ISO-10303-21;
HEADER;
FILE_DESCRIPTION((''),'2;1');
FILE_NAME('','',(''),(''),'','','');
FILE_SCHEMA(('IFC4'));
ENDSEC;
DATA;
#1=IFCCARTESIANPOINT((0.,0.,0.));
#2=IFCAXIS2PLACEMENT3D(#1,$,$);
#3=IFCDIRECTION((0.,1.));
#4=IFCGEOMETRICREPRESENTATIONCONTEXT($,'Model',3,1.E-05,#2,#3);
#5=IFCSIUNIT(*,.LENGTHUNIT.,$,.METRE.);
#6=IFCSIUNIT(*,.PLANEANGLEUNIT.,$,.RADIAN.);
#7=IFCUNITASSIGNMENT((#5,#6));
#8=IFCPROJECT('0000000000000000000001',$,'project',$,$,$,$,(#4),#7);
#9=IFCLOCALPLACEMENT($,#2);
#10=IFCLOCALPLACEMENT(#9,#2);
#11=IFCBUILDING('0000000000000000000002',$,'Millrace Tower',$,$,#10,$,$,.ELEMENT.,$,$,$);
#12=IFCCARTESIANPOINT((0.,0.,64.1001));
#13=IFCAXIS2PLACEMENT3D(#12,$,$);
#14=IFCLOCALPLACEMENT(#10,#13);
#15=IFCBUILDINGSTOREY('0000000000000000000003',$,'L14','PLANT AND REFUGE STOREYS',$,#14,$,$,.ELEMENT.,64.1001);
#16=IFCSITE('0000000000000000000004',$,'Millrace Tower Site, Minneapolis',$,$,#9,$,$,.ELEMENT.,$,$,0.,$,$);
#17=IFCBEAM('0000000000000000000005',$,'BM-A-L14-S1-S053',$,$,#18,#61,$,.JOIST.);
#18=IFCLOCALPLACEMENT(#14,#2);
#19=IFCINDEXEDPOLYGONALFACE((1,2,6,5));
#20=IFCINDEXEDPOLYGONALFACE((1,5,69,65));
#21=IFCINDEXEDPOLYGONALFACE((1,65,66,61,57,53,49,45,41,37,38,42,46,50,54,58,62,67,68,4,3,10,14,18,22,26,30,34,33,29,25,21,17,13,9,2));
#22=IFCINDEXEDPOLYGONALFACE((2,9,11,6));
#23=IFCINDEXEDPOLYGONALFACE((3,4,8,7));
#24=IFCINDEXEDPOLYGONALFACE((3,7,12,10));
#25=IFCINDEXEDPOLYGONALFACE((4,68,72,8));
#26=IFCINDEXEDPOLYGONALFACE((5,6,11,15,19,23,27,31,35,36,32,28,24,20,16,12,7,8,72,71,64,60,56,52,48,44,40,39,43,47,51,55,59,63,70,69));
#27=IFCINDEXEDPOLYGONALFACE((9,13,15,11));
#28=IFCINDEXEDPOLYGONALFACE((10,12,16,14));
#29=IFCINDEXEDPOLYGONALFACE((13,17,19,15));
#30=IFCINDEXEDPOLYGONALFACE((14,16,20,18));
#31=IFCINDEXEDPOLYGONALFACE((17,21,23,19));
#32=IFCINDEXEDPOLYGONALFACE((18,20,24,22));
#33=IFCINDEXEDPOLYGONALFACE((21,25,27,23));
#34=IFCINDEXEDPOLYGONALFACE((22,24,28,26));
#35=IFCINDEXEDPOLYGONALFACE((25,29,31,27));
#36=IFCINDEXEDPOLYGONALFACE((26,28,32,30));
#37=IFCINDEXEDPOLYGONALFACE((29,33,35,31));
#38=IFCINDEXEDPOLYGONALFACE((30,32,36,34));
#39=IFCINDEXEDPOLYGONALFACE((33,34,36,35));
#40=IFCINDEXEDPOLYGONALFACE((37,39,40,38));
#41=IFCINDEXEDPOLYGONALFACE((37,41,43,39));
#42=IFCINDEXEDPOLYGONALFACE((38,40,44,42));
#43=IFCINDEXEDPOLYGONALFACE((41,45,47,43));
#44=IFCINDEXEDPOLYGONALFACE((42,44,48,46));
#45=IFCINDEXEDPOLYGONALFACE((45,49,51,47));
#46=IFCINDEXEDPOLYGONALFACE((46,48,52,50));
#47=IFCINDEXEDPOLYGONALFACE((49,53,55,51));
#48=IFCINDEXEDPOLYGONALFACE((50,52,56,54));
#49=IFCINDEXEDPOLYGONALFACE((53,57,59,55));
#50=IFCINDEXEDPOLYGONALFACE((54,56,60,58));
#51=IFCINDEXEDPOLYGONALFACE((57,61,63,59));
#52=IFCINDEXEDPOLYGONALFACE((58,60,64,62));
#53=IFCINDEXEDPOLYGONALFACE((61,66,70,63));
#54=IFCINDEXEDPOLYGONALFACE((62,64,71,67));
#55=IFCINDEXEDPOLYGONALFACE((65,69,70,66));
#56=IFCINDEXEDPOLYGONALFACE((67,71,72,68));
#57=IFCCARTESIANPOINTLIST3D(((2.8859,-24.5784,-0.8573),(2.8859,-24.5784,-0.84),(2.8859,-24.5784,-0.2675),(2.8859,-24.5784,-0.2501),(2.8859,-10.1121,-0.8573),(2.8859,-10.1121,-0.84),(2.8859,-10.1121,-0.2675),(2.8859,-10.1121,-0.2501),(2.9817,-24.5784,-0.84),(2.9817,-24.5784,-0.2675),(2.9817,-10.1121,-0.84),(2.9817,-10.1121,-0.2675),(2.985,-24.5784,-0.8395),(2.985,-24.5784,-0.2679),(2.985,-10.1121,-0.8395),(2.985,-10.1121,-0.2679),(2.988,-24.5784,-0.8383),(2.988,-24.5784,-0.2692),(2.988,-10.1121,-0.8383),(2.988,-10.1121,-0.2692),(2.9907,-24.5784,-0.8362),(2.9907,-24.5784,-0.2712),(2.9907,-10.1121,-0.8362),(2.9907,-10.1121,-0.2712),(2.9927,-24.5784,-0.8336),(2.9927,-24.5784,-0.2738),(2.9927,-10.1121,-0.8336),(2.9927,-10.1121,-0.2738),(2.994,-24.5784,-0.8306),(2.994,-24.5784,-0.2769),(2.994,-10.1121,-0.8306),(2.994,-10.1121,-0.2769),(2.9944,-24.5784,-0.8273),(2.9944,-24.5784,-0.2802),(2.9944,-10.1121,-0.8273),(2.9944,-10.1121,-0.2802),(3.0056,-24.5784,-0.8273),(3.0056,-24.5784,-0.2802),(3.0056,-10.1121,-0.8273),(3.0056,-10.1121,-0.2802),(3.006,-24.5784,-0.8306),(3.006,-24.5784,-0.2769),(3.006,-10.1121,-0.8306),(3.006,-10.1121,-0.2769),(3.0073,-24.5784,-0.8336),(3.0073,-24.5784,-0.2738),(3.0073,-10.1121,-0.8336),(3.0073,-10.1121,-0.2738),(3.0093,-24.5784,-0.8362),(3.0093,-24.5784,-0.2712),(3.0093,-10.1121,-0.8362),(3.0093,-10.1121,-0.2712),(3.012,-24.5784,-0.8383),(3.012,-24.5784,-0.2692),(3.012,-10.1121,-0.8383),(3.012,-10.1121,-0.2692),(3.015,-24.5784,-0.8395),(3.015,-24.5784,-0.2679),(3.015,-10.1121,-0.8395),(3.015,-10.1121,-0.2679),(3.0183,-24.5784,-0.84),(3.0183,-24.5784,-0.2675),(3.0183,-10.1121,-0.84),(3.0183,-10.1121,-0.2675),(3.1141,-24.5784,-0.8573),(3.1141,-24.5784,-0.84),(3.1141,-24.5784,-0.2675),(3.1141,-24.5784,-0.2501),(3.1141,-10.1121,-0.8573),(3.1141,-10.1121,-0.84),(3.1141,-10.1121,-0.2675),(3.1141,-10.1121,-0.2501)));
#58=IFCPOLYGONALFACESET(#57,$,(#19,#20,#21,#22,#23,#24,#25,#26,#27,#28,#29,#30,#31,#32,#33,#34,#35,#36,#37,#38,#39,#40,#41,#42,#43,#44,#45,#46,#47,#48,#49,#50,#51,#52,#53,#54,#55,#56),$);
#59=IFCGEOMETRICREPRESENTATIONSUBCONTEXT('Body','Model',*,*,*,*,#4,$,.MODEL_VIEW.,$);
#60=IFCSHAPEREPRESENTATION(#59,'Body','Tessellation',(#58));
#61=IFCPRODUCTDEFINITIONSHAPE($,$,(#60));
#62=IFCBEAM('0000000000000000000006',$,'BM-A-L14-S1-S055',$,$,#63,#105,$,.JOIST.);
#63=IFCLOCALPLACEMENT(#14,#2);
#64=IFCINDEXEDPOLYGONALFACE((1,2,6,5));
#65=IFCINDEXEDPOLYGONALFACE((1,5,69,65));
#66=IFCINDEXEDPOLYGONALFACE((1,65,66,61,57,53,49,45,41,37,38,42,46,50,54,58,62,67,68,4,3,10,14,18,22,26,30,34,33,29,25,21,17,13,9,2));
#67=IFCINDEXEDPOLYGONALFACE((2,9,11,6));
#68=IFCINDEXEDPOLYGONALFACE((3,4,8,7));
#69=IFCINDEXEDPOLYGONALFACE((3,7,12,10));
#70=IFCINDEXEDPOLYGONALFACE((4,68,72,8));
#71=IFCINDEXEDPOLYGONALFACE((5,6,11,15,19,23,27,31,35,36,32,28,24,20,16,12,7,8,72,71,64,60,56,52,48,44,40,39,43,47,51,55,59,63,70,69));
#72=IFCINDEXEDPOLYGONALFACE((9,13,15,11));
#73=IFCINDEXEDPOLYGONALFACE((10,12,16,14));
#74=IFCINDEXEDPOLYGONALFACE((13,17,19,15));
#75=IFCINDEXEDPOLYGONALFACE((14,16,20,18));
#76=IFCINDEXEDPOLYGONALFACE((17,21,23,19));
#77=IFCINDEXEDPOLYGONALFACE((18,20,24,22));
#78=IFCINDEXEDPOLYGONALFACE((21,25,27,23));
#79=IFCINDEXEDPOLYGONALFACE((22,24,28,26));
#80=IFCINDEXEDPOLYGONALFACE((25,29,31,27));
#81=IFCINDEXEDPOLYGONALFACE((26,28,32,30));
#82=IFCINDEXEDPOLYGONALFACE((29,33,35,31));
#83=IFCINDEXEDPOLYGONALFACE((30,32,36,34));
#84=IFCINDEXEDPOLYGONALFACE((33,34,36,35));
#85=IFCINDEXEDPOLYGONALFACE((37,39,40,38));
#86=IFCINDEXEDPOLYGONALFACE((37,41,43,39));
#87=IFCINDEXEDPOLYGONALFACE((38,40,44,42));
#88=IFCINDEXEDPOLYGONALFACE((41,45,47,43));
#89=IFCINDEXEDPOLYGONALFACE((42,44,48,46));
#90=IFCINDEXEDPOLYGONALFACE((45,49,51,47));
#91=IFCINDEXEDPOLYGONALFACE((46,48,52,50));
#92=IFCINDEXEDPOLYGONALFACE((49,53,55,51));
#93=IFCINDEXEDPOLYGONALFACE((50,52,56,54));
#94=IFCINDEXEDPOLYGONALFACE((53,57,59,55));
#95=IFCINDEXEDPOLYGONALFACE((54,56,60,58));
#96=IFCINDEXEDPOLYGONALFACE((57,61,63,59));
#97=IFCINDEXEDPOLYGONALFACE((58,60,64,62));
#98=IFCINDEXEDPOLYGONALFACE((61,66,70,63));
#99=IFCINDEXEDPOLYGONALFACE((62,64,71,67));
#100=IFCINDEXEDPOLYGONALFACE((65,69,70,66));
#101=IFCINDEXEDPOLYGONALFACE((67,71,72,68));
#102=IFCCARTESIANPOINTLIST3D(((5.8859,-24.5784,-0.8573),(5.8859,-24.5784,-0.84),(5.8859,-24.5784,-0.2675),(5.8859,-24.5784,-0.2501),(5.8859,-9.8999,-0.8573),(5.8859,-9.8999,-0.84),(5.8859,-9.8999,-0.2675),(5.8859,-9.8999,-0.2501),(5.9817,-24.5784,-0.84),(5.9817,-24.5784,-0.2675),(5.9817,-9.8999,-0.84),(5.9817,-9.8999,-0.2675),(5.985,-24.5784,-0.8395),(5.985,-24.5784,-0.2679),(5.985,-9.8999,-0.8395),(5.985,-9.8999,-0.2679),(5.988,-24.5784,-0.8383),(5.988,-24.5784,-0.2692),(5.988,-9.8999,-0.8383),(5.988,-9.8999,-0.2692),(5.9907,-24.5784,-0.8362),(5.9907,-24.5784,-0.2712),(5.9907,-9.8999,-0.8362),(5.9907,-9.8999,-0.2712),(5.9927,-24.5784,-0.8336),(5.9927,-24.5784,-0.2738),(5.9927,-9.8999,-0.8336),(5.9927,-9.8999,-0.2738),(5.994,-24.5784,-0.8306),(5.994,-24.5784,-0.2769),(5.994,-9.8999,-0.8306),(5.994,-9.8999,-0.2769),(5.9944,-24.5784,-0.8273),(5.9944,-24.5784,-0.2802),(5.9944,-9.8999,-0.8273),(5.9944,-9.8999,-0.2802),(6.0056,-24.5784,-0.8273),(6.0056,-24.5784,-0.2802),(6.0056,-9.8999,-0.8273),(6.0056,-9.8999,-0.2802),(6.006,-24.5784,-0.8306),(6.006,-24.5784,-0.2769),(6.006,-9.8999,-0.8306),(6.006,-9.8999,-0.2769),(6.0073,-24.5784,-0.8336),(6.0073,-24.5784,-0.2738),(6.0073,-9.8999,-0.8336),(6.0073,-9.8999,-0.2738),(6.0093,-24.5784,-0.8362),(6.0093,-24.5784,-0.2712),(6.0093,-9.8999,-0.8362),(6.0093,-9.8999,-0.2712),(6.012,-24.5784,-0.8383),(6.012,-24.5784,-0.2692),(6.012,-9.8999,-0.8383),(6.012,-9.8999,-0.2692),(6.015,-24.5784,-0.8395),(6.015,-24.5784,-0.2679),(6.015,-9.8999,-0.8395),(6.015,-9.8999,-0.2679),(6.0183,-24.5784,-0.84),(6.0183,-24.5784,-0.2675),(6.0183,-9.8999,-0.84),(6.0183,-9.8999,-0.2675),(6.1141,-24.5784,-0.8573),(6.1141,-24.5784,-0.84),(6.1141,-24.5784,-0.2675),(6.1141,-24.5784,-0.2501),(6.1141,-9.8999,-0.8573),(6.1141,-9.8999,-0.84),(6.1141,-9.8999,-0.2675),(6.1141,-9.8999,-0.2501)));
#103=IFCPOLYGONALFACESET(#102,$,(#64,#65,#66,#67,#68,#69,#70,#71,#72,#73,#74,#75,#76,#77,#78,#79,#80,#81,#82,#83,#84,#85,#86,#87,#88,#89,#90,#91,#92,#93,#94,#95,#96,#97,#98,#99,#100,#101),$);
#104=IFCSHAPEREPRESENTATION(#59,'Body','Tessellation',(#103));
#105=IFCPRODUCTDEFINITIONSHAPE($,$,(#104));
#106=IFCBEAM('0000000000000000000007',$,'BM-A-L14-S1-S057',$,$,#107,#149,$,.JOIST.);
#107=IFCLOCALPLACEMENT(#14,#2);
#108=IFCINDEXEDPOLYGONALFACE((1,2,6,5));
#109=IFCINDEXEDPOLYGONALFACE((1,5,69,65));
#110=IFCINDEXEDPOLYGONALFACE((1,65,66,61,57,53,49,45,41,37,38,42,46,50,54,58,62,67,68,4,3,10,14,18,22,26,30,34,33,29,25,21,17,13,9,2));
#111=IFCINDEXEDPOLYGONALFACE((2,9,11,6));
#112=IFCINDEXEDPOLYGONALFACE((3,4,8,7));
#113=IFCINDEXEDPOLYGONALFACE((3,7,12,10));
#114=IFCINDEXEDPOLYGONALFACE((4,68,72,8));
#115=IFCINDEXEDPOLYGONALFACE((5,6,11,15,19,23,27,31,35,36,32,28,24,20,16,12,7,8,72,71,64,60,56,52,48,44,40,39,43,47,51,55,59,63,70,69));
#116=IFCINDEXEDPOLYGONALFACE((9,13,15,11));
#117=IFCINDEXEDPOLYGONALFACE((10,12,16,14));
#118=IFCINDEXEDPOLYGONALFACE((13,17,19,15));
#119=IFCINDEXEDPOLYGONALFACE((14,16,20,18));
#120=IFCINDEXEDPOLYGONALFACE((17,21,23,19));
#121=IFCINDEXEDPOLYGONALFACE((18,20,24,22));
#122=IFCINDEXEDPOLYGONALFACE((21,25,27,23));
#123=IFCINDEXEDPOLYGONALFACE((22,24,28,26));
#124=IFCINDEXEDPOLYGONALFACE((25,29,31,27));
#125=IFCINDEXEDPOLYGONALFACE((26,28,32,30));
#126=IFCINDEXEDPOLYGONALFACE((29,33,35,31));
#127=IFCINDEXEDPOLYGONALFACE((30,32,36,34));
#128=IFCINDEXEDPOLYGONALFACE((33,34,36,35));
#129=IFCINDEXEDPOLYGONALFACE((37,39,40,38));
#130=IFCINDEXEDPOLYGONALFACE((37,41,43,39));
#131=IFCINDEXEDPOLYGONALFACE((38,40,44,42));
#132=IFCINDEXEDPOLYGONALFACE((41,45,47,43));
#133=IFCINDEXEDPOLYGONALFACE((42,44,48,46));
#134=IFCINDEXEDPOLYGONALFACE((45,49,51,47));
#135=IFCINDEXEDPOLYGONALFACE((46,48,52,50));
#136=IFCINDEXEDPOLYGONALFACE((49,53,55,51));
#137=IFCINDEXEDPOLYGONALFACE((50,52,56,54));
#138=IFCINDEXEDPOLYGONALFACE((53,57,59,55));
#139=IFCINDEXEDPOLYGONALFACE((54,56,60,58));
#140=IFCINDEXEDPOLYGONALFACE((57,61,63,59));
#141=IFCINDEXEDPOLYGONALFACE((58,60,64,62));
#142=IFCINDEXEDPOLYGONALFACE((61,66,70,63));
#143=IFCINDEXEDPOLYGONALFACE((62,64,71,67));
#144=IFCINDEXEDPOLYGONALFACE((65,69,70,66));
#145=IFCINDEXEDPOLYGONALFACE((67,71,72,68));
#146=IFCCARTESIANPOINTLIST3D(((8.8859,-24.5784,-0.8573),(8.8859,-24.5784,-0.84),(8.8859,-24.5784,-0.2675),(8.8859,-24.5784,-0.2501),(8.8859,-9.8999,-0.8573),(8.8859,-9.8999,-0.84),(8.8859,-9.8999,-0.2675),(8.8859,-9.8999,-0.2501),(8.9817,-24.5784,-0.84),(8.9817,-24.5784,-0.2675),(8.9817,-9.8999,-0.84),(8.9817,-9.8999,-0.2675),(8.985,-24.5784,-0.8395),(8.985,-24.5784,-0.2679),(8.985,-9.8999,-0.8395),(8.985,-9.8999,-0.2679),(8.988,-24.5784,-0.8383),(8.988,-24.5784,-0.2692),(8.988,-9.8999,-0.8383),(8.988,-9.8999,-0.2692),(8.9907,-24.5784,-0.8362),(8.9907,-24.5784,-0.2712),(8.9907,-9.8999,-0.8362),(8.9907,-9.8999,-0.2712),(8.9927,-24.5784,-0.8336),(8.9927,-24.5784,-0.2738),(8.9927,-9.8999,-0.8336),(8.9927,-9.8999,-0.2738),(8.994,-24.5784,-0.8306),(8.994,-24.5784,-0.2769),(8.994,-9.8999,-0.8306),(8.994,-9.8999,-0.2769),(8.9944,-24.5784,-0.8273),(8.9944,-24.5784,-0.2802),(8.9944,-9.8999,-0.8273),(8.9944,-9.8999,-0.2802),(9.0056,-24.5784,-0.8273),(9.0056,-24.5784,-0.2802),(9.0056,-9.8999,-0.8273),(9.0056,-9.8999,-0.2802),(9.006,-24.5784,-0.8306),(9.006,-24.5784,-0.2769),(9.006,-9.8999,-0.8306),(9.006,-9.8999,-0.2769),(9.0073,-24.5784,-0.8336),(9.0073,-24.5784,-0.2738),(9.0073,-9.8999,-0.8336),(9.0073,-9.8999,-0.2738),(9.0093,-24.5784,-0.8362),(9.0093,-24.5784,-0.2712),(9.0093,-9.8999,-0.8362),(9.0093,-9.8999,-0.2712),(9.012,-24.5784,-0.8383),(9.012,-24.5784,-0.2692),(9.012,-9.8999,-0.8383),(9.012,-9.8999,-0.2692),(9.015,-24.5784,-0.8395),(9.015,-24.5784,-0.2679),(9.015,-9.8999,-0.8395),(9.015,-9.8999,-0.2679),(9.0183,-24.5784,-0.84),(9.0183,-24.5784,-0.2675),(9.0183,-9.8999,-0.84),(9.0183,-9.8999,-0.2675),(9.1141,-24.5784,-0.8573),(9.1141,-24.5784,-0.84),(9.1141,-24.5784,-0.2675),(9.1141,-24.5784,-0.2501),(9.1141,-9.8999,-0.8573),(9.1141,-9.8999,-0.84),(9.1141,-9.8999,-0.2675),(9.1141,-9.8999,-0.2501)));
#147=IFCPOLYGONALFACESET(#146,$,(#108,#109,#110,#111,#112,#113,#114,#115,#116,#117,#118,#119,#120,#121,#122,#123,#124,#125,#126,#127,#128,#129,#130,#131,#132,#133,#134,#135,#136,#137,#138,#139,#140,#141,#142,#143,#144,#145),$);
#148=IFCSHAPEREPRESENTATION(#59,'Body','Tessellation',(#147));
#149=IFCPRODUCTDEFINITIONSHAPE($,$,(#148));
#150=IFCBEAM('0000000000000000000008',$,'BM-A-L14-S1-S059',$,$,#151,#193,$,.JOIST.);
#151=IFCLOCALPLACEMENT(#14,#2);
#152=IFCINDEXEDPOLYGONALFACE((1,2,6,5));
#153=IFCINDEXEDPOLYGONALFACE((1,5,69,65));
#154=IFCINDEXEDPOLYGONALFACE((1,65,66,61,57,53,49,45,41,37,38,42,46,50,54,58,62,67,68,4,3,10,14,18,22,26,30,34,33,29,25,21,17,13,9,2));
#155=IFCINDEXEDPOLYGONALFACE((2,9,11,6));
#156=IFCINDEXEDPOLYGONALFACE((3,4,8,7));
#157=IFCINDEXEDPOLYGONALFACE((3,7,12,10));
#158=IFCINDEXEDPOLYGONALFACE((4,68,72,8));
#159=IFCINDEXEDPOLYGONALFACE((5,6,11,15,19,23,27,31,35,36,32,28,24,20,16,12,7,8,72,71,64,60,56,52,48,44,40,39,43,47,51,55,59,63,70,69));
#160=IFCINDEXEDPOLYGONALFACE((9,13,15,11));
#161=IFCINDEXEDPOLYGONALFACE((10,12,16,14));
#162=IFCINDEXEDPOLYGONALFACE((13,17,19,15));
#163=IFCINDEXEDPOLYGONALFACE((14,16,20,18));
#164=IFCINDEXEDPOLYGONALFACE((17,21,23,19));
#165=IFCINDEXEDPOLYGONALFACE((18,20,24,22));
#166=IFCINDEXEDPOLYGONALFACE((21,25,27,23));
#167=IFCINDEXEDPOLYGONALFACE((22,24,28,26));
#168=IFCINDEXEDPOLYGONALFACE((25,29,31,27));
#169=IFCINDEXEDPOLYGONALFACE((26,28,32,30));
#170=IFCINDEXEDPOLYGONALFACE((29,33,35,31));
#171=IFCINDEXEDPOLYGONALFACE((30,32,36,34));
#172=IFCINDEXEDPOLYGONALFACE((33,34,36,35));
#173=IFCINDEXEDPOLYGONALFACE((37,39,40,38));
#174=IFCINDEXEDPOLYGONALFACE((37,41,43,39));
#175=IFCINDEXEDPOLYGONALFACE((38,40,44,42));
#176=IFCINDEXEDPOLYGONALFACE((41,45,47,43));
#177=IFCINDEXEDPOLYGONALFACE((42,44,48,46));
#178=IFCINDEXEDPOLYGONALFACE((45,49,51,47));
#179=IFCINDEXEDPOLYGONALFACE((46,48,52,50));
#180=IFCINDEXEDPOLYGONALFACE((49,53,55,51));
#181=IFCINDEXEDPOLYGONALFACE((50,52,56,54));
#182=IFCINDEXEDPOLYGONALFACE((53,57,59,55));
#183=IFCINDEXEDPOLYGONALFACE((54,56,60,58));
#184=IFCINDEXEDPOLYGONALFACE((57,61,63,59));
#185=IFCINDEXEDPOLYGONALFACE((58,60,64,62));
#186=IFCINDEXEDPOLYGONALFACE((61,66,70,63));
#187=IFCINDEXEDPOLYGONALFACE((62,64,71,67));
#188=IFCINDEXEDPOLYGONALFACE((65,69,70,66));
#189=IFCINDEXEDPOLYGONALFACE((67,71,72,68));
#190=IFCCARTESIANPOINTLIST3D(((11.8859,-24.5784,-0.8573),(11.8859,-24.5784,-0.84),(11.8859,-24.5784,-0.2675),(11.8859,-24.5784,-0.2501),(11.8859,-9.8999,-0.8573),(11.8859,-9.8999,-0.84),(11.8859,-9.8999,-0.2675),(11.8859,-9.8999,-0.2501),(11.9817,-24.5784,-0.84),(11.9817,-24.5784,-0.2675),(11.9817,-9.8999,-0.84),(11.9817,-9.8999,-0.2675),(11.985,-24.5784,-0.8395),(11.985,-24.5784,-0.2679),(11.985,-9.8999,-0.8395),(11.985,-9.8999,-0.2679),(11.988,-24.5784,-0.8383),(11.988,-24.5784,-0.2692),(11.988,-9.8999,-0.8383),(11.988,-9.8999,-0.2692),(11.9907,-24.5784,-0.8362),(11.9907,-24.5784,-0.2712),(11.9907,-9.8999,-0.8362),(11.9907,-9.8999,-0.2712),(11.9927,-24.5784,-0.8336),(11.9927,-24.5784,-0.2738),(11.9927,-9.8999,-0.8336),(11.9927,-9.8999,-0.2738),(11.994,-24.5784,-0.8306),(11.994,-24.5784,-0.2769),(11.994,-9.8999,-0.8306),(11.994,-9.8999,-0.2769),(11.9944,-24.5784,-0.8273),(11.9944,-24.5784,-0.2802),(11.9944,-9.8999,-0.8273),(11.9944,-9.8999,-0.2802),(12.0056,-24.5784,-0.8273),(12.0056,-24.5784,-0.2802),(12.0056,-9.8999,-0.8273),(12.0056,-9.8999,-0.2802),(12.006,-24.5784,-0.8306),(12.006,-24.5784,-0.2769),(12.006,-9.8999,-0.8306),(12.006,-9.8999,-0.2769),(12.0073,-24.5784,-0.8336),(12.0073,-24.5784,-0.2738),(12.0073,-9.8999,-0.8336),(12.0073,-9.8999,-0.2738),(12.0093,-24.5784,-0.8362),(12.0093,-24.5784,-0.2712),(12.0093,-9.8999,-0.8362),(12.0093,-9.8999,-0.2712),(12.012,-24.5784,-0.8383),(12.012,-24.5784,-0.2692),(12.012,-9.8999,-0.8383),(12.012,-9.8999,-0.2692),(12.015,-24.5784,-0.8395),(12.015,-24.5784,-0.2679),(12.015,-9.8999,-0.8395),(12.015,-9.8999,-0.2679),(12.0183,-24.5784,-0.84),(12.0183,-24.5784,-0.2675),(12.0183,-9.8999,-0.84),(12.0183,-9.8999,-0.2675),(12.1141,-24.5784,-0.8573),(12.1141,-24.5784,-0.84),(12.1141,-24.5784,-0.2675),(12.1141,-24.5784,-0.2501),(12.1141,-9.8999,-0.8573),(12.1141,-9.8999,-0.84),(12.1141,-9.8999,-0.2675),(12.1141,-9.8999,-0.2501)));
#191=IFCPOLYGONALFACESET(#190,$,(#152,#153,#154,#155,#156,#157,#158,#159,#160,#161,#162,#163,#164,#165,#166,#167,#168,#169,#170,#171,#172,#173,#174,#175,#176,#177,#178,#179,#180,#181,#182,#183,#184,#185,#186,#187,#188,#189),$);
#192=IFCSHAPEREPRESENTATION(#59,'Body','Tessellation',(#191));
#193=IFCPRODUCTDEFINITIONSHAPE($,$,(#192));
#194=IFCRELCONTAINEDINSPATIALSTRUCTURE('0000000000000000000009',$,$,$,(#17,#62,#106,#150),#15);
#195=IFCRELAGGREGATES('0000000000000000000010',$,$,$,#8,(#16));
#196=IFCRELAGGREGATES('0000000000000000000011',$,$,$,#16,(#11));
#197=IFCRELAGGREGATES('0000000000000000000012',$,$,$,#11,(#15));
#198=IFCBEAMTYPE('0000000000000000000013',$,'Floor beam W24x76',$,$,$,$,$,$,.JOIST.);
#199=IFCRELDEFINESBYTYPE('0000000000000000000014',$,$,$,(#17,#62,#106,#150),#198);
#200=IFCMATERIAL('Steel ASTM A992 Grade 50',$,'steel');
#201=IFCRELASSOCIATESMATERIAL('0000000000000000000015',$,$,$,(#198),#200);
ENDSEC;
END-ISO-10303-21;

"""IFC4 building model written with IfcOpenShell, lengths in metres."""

from ifc_helpers import new_model, si_unit, direction, frame, origin, origin_2d, place, context, subcontext, project, spatial, i_section, extrude, material, material_profile, profile_set, type_object, element, save


model = new_model("IFC4")

# Units and contexts
model_context = context("Model", 3, precision=1e-05, world=origin(), true_north=direction((0.0, 1.0)))
body_context = subcontext(model_context, "Body", "Model", "MODEL_VIEW")
ifc_project = project(units=[si_unit("LENGTHUNIT", "METRE"), si_unit("PLANEANGLEUNIT", "RADIAN")], contexts=[model_context])

# Site, building, storey
site_placement = place(None, origin())
site = spatial("IfcSite", under=ifc_project, at=site_placement, Name="Millrace Tower Site, Minneapolis", CompositionType="ELEMENT", RefElevation=0.0)
building_placement = place(site_placement, origin())
building = spatial("IfcBuilding", under=site, at=building_placement, Name="Millrace Tower", CompositionType="ELEMENT")
storey_placement = place(building_placement, frame((0.0, 0.0, 64.1001)))
storey = spatial("IfcBuildingStorey", under=building, at=storey_placement, Name="L14", Description="PLANT AND REFUGE STOREYS", CompositionType="ELEMENT", Elevation=64.1001)

# Beams
ifc_material_1 = material(Name="Steel ASTM A992 Grade 50", Category="steel")
ifc_material_profile_1 = material_profile(ifc_material_1, i_section(OverallWidth=0.2283, OverallDepth=0.6072, WebThickness=0.0112, FlangeThickness=0.0173, FilletRadius=0.0127, at=origin_2d()))
ifc_profile_set_1 = profile_set([ifc_material_profile_1], Name="Steel ASTM A992 Grade 50")
beam_type_1 = type_object("IfcBeamType", Name="Floor beam W24x76", PredefinedType="JOIST", material=ifc_profile_set_1)
beam_1_placement = place(storey_placement, frame((3.0, -24.5784, -0.5537), z_axis=(0.0, 1.0, 0.0), x_axis=(-1.0, 0.0, 0.0)))
element("IfcBeam", 1, at=beam_1_placement, inside=storey, type_object=beam_type_1, Name="BM-A-L14-S1-S053", PredefinedType="JOIST", context=body_context, shape_type="SweptSolid", body=[
    extrude(i_section(OverallWidth=0.2283, OverallDepth=0.6072, WebThickness=0.0112, FlangeThickness=0.0173, FilletRadius=0.0127, at=origin_2d()), origin(), (0.0, 0.0, 1.0), 14.4663),
])
for number, where, z_axis, x_axis, name in (
    (2, (6.0, -24.5784, -0.5537), (0.0, 1.0, 0.0), (-1.0, 0.0, 0.0), "BM-A-L14-S1-S055"),
    (3, (9.0, -24.5784, -0.5537), (0.0, 1.0, 0.0), (-1.0, 0.0, 0.0), "BM-A-L14-S1-S057"),
    (4, (12.0, -24.5784, -0.5537), (0.0, 1.0, 0.0), (-1.0, 0.0, 0.0), "BM-A-L14-S1-S059"),
):
    element("IfcBeam", number, at=place(storey_placement, frame(where, z_axis=z_axis, x_axis=x_axis)), inside=storey, type_object=beam_type_1, Name=name, PredefinedType="JOIST", context=body_context, shape_type="SweptSolid", body=[
        extrude(i_section(OverallWidth=0.2283, OverallDepth=0.6072, WebThickness=0.0112, FlangeThickness=0.0173, FilletRadius=0.0127, at=origin_2d()), origin(), (0.0, 0.0, 1.0), 14.6785),
    ])

save(model, "model.ifc")
